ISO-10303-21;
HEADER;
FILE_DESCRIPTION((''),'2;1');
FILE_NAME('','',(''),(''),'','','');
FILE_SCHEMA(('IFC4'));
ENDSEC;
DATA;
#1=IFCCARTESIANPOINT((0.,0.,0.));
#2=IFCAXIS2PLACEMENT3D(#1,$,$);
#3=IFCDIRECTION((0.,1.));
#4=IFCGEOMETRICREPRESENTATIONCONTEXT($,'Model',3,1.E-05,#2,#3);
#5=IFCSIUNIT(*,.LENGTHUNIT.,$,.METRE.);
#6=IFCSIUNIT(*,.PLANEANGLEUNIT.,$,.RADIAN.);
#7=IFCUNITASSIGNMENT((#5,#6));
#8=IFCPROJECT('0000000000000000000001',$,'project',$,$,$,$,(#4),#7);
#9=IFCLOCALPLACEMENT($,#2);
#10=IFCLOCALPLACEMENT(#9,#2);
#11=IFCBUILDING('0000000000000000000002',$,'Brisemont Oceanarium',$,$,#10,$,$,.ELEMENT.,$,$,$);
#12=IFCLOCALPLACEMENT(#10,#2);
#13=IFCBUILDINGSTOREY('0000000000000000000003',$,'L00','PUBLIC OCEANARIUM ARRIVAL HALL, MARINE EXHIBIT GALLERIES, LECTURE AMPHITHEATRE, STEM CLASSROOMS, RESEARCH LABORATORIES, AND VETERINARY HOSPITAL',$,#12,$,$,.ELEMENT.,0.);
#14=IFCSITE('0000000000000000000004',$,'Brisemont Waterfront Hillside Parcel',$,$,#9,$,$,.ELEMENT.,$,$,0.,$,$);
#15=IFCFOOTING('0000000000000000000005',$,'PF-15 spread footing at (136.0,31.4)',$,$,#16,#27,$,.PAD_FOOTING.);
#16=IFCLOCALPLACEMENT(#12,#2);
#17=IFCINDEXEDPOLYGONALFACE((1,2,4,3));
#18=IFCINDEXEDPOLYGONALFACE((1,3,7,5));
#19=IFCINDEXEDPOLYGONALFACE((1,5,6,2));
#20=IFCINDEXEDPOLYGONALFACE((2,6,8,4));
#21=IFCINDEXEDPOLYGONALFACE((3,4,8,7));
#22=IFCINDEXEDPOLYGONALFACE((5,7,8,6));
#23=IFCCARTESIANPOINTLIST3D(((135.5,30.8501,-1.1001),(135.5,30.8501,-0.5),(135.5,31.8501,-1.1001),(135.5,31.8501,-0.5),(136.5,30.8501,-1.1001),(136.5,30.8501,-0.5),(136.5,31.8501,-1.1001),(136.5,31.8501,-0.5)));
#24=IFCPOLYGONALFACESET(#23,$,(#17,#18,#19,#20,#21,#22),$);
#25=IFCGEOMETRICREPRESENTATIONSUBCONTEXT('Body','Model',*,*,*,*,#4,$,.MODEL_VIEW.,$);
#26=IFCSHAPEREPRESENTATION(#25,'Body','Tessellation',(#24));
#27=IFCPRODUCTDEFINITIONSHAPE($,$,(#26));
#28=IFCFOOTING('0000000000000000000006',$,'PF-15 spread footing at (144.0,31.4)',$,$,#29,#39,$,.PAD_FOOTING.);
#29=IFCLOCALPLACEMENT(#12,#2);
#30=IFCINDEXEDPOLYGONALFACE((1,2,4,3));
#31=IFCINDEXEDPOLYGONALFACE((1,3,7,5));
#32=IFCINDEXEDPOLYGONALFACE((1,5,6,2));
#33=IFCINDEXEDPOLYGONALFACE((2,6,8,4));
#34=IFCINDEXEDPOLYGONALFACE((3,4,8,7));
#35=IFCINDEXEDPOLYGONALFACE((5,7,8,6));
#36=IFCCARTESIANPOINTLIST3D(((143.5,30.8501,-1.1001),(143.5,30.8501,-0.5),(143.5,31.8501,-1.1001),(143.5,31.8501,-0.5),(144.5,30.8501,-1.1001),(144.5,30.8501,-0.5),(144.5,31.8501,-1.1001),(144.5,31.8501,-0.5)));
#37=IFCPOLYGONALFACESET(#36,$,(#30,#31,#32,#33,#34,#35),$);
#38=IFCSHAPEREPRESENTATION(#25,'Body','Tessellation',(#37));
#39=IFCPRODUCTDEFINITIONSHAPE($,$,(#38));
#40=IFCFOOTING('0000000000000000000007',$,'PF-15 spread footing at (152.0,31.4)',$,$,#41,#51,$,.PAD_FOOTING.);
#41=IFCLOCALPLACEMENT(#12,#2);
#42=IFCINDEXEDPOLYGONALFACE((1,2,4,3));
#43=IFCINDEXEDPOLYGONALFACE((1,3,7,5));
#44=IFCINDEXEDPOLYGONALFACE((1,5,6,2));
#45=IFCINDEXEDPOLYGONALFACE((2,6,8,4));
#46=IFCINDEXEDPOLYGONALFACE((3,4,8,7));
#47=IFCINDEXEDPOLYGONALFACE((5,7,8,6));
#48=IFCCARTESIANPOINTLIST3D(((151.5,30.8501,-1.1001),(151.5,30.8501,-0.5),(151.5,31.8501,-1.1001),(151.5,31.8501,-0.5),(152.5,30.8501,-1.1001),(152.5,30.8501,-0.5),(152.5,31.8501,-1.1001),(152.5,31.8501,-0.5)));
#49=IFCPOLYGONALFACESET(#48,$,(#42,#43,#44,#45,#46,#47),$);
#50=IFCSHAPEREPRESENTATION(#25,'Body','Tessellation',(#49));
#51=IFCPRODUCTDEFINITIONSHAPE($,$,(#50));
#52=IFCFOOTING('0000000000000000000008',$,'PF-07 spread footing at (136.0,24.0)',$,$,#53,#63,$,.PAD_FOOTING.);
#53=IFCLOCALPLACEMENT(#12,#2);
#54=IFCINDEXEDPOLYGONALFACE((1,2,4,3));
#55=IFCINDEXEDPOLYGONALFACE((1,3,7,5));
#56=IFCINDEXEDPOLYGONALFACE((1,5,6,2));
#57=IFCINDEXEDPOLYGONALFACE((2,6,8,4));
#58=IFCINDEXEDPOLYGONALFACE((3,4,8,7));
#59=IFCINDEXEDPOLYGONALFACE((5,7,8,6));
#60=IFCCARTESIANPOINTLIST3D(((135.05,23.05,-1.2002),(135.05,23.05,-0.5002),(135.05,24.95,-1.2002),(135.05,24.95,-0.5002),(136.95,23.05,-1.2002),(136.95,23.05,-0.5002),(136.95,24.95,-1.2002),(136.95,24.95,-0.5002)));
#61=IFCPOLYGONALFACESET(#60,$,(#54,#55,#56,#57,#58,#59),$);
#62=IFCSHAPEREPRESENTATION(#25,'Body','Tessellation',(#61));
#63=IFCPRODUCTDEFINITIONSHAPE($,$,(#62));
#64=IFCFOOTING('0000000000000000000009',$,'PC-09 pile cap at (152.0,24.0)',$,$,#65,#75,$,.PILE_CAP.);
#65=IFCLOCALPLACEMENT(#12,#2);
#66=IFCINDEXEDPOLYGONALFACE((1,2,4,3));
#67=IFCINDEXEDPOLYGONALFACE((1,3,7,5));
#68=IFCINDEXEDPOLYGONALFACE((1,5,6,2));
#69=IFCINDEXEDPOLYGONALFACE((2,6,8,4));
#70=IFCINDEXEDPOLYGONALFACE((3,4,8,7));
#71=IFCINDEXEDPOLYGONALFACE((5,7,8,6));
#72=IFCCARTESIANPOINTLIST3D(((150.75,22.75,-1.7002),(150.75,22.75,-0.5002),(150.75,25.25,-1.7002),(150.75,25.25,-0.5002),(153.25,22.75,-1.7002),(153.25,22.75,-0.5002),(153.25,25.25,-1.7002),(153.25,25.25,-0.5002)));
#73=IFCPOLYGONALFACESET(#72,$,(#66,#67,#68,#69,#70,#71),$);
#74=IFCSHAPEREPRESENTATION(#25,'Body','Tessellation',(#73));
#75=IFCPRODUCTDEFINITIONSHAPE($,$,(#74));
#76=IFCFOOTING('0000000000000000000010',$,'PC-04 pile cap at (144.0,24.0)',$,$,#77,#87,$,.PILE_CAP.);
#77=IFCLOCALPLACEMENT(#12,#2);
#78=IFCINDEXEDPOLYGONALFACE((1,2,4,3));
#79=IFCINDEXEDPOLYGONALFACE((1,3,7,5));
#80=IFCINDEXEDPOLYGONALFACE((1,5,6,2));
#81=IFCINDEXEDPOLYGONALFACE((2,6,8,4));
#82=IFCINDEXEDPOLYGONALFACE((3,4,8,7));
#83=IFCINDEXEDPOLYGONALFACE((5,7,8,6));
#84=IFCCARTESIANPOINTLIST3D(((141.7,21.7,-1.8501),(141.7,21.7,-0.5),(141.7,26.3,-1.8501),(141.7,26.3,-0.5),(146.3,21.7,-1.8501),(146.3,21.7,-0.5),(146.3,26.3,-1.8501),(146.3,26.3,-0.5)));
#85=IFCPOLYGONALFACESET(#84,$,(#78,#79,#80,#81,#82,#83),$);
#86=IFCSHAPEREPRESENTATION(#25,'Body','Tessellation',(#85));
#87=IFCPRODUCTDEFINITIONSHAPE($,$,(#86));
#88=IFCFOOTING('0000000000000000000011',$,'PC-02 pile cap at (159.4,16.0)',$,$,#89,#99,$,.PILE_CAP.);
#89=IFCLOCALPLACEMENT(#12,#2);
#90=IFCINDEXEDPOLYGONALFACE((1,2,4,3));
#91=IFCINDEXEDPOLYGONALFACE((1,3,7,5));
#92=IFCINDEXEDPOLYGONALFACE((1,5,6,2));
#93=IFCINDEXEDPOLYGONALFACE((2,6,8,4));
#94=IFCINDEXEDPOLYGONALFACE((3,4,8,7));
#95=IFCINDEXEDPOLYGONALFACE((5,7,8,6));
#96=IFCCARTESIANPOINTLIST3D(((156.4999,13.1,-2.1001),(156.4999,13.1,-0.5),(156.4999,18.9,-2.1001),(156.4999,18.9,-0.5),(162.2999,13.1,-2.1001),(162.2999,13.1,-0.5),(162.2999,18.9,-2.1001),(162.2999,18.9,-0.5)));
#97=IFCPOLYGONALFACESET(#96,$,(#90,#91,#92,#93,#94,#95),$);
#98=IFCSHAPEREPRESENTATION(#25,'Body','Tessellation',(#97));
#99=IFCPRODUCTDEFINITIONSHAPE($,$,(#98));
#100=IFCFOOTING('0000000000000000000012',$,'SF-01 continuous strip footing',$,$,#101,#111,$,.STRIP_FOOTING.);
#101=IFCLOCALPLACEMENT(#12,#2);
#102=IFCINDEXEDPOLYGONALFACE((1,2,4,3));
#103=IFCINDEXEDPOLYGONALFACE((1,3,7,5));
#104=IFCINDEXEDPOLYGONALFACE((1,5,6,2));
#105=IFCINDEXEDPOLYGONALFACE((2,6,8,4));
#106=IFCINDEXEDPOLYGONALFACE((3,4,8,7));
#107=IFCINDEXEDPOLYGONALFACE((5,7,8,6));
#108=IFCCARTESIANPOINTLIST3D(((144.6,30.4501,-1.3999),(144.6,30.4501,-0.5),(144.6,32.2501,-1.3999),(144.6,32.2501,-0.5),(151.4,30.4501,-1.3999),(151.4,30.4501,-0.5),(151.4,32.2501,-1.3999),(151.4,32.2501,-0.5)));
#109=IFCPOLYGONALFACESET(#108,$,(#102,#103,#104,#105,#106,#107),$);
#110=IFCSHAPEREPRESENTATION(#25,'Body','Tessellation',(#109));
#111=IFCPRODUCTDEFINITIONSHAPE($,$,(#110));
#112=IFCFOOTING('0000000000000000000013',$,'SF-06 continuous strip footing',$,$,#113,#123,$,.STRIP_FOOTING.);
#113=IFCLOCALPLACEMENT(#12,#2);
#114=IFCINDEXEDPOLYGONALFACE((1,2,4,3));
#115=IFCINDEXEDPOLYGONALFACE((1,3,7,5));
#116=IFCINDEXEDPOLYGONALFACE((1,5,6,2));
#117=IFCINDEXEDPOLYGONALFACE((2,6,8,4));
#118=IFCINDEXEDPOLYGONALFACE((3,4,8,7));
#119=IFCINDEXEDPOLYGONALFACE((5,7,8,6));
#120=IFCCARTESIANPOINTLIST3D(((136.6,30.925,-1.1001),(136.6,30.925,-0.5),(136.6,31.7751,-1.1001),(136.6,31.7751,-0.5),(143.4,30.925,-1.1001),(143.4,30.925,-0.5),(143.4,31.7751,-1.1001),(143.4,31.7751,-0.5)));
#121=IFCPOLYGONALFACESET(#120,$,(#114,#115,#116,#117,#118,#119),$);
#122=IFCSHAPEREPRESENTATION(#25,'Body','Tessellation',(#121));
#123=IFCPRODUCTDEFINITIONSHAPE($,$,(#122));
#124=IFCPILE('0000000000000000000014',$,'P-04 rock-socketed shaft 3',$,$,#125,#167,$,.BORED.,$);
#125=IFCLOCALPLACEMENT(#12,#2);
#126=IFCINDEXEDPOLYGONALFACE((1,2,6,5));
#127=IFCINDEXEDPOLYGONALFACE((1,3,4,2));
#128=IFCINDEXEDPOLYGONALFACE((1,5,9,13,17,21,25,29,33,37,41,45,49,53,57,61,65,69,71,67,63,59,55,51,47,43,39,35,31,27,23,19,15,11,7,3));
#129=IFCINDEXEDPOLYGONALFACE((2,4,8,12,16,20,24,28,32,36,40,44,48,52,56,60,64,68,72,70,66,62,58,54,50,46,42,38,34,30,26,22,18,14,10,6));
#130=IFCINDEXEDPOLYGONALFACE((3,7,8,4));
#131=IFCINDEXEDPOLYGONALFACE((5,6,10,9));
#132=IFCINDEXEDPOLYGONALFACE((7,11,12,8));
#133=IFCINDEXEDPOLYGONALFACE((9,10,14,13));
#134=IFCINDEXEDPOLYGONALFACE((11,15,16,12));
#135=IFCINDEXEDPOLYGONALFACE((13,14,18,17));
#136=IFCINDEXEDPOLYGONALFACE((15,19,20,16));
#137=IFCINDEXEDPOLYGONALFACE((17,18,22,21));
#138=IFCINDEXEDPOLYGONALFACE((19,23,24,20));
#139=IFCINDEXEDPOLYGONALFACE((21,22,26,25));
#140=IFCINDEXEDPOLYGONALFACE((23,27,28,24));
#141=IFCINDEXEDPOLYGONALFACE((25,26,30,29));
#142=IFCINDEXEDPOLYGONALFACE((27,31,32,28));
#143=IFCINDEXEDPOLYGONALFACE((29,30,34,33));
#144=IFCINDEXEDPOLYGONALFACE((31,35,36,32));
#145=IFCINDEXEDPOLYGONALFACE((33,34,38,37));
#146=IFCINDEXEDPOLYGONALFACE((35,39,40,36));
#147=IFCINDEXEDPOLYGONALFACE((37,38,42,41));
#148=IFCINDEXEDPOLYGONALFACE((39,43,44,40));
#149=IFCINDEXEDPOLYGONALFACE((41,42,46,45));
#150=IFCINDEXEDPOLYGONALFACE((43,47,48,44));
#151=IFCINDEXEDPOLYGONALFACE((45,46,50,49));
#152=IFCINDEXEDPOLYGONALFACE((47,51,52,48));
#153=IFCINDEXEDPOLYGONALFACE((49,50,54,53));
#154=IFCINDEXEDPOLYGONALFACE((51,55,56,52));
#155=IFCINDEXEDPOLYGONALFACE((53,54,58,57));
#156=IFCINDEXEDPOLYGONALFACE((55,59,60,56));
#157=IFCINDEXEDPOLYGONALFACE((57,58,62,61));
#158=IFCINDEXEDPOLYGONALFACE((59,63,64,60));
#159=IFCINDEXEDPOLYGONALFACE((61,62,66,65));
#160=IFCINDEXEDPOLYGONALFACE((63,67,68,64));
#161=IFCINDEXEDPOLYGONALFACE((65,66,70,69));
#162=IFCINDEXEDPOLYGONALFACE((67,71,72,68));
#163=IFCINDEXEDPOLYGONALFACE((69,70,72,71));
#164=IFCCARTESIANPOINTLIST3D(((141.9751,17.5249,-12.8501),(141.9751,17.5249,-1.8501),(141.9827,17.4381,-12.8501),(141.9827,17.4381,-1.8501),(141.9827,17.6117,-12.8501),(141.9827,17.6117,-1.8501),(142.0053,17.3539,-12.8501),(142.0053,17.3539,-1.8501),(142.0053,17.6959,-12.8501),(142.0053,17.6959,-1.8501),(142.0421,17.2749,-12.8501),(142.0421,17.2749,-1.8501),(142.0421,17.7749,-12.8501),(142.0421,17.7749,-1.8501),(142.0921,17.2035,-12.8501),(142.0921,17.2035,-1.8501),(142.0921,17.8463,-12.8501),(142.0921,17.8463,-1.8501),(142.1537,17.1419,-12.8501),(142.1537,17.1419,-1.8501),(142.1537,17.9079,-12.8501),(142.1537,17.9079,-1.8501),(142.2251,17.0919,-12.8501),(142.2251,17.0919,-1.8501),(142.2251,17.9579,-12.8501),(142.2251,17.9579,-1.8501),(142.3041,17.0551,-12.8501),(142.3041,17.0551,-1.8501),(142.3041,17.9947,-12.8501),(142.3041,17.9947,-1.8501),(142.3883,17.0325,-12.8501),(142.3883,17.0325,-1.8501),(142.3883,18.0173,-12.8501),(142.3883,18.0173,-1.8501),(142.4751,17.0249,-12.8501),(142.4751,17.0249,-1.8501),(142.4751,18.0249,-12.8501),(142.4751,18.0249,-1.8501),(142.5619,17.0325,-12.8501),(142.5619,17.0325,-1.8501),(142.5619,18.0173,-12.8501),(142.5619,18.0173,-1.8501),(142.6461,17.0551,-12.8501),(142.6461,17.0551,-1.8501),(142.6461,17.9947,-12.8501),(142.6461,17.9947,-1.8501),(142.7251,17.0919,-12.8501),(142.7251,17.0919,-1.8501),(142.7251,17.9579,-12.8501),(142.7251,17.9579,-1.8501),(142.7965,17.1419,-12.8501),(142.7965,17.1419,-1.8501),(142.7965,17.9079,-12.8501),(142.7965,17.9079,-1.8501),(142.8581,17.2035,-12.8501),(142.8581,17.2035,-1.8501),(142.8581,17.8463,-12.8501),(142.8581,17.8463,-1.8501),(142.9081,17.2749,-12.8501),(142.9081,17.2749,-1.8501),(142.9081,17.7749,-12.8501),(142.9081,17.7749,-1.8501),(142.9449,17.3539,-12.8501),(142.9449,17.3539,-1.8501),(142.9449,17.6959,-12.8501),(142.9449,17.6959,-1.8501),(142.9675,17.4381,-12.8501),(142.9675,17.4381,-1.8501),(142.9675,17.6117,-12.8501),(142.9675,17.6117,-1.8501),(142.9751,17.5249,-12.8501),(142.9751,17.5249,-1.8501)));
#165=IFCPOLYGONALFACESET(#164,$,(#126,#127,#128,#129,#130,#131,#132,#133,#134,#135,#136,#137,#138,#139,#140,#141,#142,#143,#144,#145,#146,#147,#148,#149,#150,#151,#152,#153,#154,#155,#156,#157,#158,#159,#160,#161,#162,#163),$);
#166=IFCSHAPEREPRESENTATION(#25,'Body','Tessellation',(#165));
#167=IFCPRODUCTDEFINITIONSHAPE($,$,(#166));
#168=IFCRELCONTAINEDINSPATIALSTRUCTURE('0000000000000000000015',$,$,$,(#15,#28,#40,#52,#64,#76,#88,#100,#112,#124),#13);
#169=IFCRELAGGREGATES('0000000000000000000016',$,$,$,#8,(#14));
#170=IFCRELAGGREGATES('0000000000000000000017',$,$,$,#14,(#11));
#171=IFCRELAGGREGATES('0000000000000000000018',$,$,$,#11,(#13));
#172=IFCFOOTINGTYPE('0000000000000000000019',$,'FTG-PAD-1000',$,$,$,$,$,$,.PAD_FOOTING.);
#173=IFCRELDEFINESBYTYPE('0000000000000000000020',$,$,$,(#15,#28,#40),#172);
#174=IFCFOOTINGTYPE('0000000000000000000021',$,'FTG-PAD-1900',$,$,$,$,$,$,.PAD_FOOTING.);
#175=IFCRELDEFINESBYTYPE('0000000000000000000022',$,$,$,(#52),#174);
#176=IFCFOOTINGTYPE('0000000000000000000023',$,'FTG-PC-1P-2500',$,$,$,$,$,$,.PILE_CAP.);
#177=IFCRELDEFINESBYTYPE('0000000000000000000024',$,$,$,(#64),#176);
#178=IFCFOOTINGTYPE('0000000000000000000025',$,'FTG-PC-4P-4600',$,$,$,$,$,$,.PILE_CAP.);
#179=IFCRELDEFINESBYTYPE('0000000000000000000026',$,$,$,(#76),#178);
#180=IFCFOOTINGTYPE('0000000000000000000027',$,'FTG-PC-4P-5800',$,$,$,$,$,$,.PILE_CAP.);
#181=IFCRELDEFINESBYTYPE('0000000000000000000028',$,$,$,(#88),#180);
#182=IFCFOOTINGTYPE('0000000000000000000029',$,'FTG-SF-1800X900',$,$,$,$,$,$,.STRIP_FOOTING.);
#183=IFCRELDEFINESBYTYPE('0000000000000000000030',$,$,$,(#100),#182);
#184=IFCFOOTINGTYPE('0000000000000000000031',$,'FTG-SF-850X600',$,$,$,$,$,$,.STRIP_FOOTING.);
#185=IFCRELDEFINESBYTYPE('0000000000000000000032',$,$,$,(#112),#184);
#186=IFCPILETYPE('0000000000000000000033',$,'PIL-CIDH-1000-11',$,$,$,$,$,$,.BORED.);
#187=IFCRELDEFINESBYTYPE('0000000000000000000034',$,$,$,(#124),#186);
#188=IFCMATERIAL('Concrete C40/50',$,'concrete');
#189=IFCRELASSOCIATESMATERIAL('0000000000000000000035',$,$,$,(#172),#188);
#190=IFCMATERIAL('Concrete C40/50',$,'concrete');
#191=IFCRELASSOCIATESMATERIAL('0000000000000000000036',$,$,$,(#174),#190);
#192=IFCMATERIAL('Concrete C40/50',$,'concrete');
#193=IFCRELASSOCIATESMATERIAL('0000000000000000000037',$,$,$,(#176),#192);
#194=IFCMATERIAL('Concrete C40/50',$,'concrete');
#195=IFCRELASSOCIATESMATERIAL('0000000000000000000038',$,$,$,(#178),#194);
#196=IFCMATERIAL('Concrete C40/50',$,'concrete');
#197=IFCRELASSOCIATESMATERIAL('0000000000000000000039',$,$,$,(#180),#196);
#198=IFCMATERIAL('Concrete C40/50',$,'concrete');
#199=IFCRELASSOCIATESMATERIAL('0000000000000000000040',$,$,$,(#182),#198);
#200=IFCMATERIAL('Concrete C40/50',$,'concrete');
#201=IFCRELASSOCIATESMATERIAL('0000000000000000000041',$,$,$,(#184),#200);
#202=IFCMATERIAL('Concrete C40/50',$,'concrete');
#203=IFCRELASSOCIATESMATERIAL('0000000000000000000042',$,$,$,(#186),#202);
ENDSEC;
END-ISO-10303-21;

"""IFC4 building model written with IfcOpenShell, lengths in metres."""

from ifc_helpers import new_model, si_unit, direction, frame, origin, origin_2d, place, context, subcontext, project, spatial, rectangle, circle, extrude, material, material_profile, profile_set, type_object, element, save


model = new_model("IFC4")

# Units and contexts
model_context = context("Model", 3, precision=1e-05, world=origin(), true_north=direction((0.0, 1.0)))
body_context = subcontext(model_context, "Body", "Model", "MODEL_VIEW")
ifc_project = project(units=[si_unit("LENGTHUNIT", "METRE"), si_unit("PLANEANGLEUNIT", "RADIAN")], contexts=[model_context])

# Site, building, storey
site_placement = place(None, origin())
site = spatial("IfcSite", under=ifc_project, at=site_placement, Name="Brisemont Waterfront Hillside Parcel", CompositionType="ELEMENT", RefElevation=0.0)
building_placement = place(site_placement, origin())
building = spatial("IfcBuilding", under=site, at=building_placement, Name="Brisemont Oceanarium", CompositionType="ELEMENT")
storey_placement = place(building_placement, origin())
storey = spatial("IfcBuildingStorey", under=building, at=storey_placement, Name="L00", Description="PUBLIC OCEANARIUM ARRIVAL HALL, MARINE EXHIBIT GALLERIES, LECTURE AMPHITHEATRE, STEM CLASSROOMS, RESEARCH LABORATORIES, AND VETERINARY HOSPITAL", CompositionType="ELEMENT", Elevation=0.0)

# Footings
ifc_material_1 = material(Name="Concrete C40/50", Category="concrete")
footing_type_1 = type_object("IfcFootingType", Name="FTG-PAD-1000", PredefinedType="PAD_FOOTING", material=ifc_material_1)
for number, where, z_axis, x_axis, name in (
    (1, (136.0, 31.3501, -1.1001), (0.0, 0.0, 1.0), (1.0, 0.0, 0.0), "PF-15 spread footing at (136.0,31.4)"),
    (2, (144.0, 31.3501, -1.1001), (0.0, 0.0, 1.0), (1.0, 0.0, 0.0), "PF-15 spread footing at (144.0,31.4)"),
    (3, (152.0, 31.3501, -1.1001), (0.0, 0.0, 1.0), (1.0, 0.0, 0.0), "PF-15 spread footing at (152.0,31.4)"),
):
    element("IfcFooting", number, at=place(storey_placement, frame(where, z_axis=z_axis, x_axis=x_axis)), inside=storey, type_object=footing_type_1, Name=name, PredefinedType="PAD_FOOTING", context=body_context, shape_type="SweptSolid", body=[
        extrude(rectangle(XDim=1.0, YDim=1.0, at=origin_2d()), origin(), (0.0, 0.0, 1.0), 0.6001),
    ])
ifc_material_2 = material(Name="Concrete C40/50", Category="concrete")
footing_type_2 = type_object("IfcFootingType", Name="FTG-PAD-1900", PredefinedType="PAD_FOOTING", material=ifc_material_2)
footing_1_placement = place(storey_placement, frame((136.0, 24.0, -1.2002), z_axis=(0.0, 0.0, 1.0), x_axis=(1.0, 0.0, 0.0)))
element("IfcFooting", 4, at=footing_1_placement, inside=storey, type_object=footing_type_2, Name="PF-07 spread footing at (136.0,24.0)", PredefinedType="PAD_FOOTING", context=body_context, shape_type="SweptSolid", body=[
    extrude(rectangle(XDim=1.8999, YDim=1.8999, at=origin_2d()), origin(), (0.0, 0.0, 1.0), 0.7),
])
ifc_material_3 = material(Name="Concrete C40/50", Category="concrete")
footing_type_3 = type_object("IfcFootingType", Name="FTG-PC-1P-2500", PredefinedType="PILE_CAP", material=ifc_material_3)
footing_2_placement = place(storey_placement, frame((152.0, 24.0, -1.7002), z_axis=(0.0, 0.0, 1.0), x_axis=(1.0, 0.0, 0.0)))
element("IfcFooting", 5, at=footing_2_placement, inside=storey, type_object=footing_type_3, Name="PC-09 pile cap at (152.0,24.0)", PredefinedType="PILE_CAP", context=body_context, shape_type="SweptSolid", body=[
    extrude(rectangle(XDim=2.5, YDim=2.5, at=origin_2d()), origin(), (0.0, 0.0, 1.0), 1.2),
])
ifc_material_4 = material(Name="Concrete C40/50", Category="concrete")
footing_type_4 = type_object("IfcFootingType", Name="FTG-PC-4P-4600", PredefinedType="PILE_CAP", material=ifc_material_4)
footing_3_placement = place(storey_placement, frame((144.0, 24.0, -1.8501), z_axis=(0.0, 0.0, 1.0), x_axis=(1.0, 0.0, 0.0)))
element("IfcFooting", 6, at=footing_3_placement, inside=storey, type_object=footing_type_4, Name="PC-04 pile cap at (144.0,24.0)", PredefinedType="PILE_CAP", context=body_context, shape_type="SweptSolid", body=[
    extrude(rectangle(XDim=4.6001, YDim=4.6001, at=origin_2d()), origin(), (0.0, 0.0, 1.0), 1.3501),
])
ifc_material_5 = material(Name="Concrete C40/50", Category="concrete")
footing_type_5 = type_object("IfcFootingType", Name="FTG-PC-4P-5800", PredefinedType="PILE_CAP", material=ifc_material_5)
footing_4_placement = place(storey_placement, frame((159.3999, 16.0, -2.1001), z_axis=(0.0, 0.0, 1.0), x_axis=(1.0, 0.0, 0.0)))
element("IfcFooting", 7, at=footing_4_placement, inside=storey, type_object=footing_type_5, Name="PC-02 pile cap at (159.4,16.0)", PredefinedType="PILE_CAP", context=body_context, shape_type="SweptSolid", body=[
    extrude(rectangle(XDim=5.8, YDim=5.8, at=origin_2d()), origin(), (0.0, 0.0, 1.0), 1.6001),
])
ifc_material_6 = material(Name="Concrete C40/50", Category="concrete")
footing_type_6 = type_object("IfcFootingType", Name="FTG-SF-1800X900", PredefinedType="STRIP_FOOTING", material=ifc_material_6)
footing_5_placement = place(storey_placement, frame((148.0, 31.3501, -1.3999), z_axis=(0.0, 0.0, 1.0), x_axis=(1.0, 0.0, 0.0)))
element("IfcFooting", 8, at=footing_5_placement, inside=storey, type_object=footing_type_6, Name="SF-01 continuous strip footing", PredefinedType="STRIP_FOOTING", context=body_context, shape_type="SweptSolid", body=[
    extrude(rectangle(XDim=6.8, YDim=1.8, at=origin_2d()), origin(), (0.0, 0.0, 1.0), 0.8999),
])
ifc_material_7 = material(Name="Concrete C40/50", Category="concrete")
footing_type_7 = type_object("IfcFootingType", Name="FTG-SF-850X600", PredefinedType="STRIP_FOOTING", material=ifc_material_7)
footing_6_placement = place(storey_placement, frame((140.0, 31.3501, -1.1001), z_axis=(0.0, 0.0, 1.0), x_axis=(1.0, 0.0, 0.0)))
element("IfcFooting", 9, at=footing_6_placement, inside=storey, type_object=footing_type_7, Name="SF-06 continuous strip footing", PredefinedType="STRIP_FOOTING", context=body_context, shape_type="SweptSolid", body=[
    extrude(rectangle(XDim=6.8, YDim=0.8501, at=origin_2d()), origin(), (0.0, 0.0, 1.0), 0.6001),
])

# Pile
ifc_material_8 = material(Name="Concrete C40/50", Category="concrete")
ifc_material_profile_1 = material_profile(ifc_material_8, circle(Radius=0.5, at=origin_2d()), Name="CIDH-D1000")
ifc_profile_set_1 = profile_set([ifc_material_profile_1], Name="Concrete C40/50")
pile_type_1 = type_object("IfcPileType", Name="PIL-CIDH-1000-11", PredefinedType="BORED", material=ifc_profile_set_1)
for number, where, z_axis, x_axis, name in (
    (10, (142.4751, 17.5249, -1.8501), (0.0, 0.0, -1.0), (1.0, 0.0, 0.0), "P-04 rock-socketed shaft 3"),
):
    element("IfcPile", number, at=place(storey_placement, frame(where, z_axis=z_axis, x_axis=x_axis)), inside=storey, type_object=pile_type_1, Name=name, PredefinedType="BORED", context=body_context, shape_type="SweptSolid", body=[
        extrude(circle(Radius=0.5, at=origin_2d()), origin(), (0.0, 0.0, 1.0), 11.0),
    ])

save(model, "model.ifc")
